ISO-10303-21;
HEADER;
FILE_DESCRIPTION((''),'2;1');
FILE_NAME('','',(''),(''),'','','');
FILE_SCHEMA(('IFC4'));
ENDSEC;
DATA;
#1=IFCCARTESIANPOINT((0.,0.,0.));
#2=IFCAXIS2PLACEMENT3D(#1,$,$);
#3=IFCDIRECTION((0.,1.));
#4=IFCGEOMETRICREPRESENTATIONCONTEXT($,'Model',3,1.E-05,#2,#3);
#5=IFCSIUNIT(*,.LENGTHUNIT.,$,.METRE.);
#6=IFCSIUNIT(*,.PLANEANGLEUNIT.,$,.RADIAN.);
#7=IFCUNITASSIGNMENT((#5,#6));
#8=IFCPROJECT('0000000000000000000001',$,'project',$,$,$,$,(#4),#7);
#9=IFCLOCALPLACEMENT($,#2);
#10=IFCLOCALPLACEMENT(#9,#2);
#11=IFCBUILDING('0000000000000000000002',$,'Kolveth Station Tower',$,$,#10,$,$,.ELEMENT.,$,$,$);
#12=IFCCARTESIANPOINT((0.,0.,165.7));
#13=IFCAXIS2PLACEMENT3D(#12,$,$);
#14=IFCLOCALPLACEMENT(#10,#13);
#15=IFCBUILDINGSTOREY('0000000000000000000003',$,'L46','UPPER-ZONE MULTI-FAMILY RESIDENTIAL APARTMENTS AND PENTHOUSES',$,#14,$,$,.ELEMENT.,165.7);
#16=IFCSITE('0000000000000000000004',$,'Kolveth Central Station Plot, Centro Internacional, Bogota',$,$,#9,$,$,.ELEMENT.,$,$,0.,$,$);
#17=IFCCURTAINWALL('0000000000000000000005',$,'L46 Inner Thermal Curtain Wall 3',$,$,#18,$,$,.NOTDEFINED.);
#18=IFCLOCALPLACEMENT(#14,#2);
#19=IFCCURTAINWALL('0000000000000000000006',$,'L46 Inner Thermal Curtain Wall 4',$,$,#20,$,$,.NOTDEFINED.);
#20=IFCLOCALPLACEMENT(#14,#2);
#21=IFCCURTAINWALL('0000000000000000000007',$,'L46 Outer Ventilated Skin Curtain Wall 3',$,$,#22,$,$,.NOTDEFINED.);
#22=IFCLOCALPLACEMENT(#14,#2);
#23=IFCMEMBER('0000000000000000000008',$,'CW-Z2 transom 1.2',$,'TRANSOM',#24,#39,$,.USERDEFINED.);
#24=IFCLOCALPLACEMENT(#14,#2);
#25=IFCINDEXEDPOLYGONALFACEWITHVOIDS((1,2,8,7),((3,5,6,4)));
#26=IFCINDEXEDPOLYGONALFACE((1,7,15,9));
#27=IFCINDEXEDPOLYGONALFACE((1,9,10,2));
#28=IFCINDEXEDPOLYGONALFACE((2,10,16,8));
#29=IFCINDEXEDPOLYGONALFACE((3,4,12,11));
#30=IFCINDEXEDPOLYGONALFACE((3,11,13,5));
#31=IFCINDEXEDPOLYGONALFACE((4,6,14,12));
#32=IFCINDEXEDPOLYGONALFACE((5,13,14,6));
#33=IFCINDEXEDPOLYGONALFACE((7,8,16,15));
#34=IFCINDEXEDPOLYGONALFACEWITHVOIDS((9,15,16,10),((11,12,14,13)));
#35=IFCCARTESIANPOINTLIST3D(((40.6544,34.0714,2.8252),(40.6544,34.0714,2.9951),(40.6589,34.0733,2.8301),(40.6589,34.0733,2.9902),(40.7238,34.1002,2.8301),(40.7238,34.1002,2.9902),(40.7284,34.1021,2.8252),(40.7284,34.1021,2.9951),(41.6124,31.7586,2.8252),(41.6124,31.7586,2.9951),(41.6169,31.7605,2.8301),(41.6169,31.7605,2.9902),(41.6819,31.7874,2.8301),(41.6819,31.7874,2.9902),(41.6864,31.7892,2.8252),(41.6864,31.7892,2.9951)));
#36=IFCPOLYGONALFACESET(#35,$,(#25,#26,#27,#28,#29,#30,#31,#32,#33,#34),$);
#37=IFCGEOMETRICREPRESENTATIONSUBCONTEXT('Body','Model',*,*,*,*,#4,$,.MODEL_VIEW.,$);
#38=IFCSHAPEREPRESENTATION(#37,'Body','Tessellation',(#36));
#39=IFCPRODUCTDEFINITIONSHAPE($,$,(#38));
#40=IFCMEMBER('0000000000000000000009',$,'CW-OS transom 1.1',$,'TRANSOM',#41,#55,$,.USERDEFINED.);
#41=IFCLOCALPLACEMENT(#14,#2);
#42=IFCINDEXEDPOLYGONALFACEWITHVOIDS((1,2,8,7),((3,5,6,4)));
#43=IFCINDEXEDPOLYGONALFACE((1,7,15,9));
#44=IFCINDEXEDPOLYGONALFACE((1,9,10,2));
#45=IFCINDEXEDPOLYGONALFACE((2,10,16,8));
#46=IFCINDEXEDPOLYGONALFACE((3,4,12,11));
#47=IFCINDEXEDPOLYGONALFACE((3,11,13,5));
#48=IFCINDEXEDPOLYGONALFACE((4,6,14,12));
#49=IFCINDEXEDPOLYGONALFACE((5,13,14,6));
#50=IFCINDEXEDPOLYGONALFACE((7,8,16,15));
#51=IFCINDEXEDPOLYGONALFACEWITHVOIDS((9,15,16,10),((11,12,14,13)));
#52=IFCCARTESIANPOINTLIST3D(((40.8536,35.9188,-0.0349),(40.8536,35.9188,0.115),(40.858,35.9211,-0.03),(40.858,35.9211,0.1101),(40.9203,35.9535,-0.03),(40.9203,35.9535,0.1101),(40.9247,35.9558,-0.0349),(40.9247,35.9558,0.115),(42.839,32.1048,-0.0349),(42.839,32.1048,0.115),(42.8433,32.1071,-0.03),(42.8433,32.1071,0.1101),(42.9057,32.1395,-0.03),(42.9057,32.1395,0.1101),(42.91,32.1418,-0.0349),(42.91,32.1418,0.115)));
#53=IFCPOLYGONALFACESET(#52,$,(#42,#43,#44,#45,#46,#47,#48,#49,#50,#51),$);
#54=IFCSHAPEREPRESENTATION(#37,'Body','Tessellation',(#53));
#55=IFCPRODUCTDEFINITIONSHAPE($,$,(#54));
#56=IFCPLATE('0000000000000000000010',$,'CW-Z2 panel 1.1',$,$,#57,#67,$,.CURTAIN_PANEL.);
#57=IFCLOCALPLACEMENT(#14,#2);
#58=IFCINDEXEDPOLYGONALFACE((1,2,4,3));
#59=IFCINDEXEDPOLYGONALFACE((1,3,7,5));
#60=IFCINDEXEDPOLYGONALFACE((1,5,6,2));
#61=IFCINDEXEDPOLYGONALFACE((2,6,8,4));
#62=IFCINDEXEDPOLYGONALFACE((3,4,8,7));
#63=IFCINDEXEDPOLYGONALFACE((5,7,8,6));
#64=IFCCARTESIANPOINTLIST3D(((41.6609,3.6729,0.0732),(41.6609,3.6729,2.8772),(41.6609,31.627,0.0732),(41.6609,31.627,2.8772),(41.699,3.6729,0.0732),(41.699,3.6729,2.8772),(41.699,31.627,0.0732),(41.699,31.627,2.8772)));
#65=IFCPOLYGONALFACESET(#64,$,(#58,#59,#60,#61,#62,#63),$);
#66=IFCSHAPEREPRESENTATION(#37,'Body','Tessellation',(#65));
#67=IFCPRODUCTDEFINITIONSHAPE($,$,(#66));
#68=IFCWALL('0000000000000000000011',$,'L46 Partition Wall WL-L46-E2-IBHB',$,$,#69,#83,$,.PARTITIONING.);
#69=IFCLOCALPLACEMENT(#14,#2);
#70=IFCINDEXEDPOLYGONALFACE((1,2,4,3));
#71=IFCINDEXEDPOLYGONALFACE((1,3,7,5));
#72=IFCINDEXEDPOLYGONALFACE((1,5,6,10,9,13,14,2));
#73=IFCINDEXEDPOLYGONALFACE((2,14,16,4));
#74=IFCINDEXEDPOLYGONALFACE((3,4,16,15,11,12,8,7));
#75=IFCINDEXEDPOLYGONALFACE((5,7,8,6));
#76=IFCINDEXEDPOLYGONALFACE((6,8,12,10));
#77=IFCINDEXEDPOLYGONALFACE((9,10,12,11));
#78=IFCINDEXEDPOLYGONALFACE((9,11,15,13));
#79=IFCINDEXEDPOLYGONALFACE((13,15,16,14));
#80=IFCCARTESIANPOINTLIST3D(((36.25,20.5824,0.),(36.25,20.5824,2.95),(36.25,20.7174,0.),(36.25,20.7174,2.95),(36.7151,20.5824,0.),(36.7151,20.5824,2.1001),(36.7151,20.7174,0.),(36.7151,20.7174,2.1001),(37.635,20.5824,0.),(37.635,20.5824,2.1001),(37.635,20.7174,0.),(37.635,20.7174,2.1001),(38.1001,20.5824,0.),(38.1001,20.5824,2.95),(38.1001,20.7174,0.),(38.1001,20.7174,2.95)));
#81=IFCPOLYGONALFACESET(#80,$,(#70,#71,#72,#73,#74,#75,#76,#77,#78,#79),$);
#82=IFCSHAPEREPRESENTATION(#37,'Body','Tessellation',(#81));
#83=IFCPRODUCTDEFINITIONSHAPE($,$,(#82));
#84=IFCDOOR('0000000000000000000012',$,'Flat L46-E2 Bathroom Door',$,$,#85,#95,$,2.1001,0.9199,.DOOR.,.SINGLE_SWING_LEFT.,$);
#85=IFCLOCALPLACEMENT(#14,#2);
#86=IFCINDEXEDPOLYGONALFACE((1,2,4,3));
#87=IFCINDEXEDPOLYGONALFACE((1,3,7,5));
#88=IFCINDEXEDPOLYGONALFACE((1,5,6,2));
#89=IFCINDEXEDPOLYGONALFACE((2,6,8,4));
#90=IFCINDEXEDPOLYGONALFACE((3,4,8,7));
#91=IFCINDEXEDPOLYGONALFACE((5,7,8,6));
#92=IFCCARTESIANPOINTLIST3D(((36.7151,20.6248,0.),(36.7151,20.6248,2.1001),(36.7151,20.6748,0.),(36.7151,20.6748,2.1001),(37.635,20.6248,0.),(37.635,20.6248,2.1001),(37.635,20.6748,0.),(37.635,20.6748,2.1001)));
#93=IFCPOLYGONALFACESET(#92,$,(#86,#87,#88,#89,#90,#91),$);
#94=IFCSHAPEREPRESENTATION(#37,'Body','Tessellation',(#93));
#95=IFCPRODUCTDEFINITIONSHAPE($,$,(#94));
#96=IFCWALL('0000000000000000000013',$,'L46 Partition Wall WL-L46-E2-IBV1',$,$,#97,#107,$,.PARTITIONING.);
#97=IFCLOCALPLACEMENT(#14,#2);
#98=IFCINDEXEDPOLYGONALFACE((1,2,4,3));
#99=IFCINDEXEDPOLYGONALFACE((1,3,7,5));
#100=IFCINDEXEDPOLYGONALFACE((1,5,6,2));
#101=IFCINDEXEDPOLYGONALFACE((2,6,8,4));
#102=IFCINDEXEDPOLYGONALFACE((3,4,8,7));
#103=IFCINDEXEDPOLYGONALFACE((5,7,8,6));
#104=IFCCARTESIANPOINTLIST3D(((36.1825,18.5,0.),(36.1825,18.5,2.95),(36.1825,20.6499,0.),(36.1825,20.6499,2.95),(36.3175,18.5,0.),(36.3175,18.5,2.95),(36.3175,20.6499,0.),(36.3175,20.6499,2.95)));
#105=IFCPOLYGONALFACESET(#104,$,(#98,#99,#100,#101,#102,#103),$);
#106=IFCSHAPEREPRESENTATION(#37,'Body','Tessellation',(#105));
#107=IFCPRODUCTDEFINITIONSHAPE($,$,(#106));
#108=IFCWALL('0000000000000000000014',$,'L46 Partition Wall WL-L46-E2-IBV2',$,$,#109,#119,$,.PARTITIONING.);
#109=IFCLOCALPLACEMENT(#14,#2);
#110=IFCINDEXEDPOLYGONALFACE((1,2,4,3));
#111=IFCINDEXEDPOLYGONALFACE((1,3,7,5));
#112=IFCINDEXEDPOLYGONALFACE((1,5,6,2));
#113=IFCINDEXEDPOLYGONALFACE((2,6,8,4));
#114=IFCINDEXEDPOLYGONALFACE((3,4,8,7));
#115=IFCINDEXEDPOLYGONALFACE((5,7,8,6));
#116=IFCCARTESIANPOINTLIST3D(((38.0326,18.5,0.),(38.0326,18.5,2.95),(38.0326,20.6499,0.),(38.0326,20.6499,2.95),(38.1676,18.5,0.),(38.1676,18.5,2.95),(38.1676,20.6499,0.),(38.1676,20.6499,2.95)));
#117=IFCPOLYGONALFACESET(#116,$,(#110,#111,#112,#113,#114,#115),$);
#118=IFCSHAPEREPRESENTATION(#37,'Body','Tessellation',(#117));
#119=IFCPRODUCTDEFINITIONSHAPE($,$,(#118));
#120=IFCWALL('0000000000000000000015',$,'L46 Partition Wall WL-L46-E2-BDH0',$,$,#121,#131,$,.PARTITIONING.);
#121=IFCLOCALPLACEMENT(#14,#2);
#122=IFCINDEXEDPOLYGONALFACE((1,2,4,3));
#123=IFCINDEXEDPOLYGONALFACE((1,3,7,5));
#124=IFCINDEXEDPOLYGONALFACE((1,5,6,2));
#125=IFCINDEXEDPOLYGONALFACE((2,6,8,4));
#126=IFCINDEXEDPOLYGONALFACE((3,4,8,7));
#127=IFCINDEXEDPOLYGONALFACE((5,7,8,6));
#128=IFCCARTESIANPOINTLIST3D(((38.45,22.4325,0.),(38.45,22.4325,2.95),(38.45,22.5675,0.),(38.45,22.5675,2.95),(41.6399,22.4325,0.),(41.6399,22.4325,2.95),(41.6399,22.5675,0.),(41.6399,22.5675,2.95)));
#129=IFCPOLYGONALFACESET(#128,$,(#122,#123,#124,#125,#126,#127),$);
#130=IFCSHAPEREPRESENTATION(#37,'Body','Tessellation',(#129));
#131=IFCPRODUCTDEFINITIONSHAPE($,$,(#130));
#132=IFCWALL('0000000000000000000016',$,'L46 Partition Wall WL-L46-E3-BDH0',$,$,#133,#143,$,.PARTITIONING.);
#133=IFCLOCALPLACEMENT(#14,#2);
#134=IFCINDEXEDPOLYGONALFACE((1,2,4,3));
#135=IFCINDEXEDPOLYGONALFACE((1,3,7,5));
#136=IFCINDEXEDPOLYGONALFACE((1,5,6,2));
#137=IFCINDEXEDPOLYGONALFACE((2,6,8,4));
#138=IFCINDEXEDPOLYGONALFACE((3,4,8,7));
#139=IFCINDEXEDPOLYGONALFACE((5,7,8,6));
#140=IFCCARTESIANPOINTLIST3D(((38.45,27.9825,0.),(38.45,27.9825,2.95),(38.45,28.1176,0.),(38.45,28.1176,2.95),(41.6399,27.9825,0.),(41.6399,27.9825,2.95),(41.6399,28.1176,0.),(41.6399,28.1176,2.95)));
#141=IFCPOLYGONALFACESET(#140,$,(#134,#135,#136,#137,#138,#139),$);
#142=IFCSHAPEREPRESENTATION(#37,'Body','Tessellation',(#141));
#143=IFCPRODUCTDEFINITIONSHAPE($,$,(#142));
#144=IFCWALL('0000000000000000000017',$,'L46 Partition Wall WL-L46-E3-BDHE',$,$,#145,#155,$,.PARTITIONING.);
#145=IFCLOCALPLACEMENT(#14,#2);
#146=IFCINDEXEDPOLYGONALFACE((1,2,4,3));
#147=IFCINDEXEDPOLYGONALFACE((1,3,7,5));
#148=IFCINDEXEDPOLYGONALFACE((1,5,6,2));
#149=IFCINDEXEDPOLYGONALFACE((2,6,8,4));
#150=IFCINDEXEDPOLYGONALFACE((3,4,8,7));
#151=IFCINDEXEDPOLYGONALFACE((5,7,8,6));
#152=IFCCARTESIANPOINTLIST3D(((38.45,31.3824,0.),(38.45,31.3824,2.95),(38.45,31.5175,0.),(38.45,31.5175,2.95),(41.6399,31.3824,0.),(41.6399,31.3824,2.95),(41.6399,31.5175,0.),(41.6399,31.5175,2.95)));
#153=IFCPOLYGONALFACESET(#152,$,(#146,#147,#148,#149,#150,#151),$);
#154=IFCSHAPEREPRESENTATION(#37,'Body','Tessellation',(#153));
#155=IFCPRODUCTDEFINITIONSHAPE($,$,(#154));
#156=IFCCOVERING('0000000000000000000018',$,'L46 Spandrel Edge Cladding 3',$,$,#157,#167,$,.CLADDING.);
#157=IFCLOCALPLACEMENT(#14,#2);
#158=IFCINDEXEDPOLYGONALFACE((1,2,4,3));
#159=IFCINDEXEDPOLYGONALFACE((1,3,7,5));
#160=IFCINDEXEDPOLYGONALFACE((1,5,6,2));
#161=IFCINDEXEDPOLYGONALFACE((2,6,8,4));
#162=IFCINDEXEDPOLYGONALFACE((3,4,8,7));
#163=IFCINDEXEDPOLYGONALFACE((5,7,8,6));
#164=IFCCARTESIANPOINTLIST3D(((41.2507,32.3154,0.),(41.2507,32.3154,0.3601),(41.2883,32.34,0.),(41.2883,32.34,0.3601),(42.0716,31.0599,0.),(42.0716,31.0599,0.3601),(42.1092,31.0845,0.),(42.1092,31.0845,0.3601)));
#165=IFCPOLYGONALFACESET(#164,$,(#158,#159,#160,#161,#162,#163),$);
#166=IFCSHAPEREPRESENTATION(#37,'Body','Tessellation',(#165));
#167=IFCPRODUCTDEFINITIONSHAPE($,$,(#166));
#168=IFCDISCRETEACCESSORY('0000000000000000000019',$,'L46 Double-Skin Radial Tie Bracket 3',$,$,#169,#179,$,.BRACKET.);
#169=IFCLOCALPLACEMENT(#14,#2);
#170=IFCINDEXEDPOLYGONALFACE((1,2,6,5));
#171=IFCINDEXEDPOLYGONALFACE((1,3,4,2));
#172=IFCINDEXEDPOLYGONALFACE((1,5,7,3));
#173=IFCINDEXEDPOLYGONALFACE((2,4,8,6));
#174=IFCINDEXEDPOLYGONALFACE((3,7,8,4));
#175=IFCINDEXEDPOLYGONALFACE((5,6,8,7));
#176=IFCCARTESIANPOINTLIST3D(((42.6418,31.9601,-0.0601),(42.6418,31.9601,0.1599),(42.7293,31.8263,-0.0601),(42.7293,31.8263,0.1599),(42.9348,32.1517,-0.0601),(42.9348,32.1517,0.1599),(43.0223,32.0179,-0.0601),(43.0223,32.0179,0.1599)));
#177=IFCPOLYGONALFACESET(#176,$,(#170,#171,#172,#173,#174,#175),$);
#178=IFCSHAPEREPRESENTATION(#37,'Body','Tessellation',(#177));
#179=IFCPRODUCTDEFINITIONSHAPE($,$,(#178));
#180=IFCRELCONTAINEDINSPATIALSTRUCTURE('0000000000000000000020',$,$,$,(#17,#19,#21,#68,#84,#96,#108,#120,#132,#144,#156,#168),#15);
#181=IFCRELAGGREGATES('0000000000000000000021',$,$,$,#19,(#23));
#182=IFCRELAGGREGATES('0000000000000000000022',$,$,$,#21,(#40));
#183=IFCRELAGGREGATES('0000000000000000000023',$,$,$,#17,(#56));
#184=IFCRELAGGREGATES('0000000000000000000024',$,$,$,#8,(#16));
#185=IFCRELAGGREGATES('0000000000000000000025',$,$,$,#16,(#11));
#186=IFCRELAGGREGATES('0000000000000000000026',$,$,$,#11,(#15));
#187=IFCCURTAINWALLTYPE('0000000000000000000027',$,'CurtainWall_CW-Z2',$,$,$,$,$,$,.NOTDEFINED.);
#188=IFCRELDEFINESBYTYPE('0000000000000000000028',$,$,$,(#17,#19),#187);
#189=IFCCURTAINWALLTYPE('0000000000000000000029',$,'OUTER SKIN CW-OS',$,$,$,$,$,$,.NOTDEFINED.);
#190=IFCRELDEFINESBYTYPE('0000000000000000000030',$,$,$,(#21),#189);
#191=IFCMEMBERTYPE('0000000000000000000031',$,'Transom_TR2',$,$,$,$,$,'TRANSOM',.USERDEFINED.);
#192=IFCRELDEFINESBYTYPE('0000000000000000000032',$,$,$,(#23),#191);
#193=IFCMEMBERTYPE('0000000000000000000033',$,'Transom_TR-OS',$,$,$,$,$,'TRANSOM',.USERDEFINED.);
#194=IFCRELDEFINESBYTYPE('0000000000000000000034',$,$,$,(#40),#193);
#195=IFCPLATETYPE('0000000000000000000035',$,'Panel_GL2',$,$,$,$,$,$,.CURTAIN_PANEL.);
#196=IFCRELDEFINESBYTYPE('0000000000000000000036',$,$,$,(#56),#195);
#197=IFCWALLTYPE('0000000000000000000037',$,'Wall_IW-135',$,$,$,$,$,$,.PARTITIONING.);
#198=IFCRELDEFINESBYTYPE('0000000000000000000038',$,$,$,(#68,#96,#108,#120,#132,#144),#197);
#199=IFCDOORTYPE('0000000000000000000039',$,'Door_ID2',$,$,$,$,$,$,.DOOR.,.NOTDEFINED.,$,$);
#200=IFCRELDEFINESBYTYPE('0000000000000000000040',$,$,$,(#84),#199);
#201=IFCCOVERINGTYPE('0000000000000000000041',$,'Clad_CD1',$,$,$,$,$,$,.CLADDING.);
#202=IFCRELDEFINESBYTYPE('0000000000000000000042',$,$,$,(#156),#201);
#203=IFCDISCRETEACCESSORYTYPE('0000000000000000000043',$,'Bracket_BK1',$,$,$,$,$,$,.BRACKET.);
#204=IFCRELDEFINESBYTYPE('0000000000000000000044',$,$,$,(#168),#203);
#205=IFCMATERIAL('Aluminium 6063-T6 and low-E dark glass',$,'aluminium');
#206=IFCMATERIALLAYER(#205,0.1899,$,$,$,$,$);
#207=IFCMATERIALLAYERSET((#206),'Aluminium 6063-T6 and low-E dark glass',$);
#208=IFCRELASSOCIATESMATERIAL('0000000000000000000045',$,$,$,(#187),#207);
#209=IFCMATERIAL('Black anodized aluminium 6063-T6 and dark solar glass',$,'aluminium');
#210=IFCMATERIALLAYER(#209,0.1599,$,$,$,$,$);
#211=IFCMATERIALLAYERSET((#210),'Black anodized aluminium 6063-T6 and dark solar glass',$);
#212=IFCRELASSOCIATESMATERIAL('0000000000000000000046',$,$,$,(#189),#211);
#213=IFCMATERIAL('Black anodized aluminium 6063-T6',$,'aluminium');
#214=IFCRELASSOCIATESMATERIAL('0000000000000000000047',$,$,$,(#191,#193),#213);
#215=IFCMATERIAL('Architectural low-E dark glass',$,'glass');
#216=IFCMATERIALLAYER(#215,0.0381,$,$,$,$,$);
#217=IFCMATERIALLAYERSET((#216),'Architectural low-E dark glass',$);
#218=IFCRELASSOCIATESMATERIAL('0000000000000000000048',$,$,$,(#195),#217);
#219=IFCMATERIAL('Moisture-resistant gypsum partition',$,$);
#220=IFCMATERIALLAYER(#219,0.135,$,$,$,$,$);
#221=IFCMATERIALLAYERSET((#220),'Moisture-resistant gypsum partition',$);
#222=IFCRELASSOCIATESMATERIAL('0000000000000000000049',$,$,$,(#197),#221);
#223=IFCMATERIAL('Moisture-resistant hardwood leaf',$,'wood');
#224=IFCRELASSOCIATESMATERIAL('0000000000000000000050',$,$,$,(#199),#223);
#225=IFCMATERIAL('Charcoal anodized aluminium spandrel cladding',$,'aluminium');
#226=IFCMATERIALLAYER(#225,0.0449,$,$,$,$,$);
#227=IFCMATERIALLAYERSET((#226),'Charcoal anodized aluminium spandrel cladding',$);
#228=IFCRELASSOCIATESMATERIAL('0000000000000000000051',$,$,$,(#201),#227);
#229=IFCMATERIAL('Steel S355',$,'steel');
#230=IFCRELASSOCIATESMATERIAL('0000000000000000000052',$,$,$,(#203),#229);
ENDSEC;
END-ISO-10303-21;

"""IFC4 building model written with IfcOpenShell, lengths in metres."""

from ifc_helpers import new_model, si_unit, direction, frame, frame_2d, origin, origin_2d, place, context, subcontext, project, spatial, rectangle, hollow_rectangle, extrude, source, transform, mapped, material, layer, layer_set, material_profile, profile_set, type_object, element, fill, aggregate, save


model = new_model("IFC4")

# Units and contexts
model_context = context("Model", 3, precision=1e-05, world=origin(), true_north=direction((0.0, 1.0)))
body_context = subcontext(model_context, "Body", "Model", "MODEL_VIEW")
ifc_project = project(units=[si_unit("LENGTHUNIT", "METRE"), si_unit("PLANEANGLEUNIT", "RADIAN")], contexts=[model_context])

# Site, building, storey
site_placement = place(None, origin())
site = spatial("IfcSite", under=ifc_project, at=site_placement, Name="Kolveth Central Station Plot, Centro Internacional, Bogota", CompositionType="ELEMENT", RefElevation=0.0)
building_placement = place(site_placement, origin())
building = spatial("IfcBuilding", under=site, at=building_placement, Name="Kolveth Station Tower", CompositionType="ELEMENT")
storey_placement = place(building_placement, frame((0.0, 0.0, 165.7)))
storey = spatial("IfcBuildingStorey", under=building, at=storey_placement, Name="L46", Description="UPPER-ZONE MULTI-FAMILY RESIDENTIAL APARTMENTS AND PENTHOUSES", CompositionType="ELEMENT", Elevation=165.7)

# Shared definitions
ifc_material_1 = material(Name="Steel S355", Category="steel")

# Curtain walls
ifc_material_2 = material(Name="Aluminium 6063-T6 and low-E dark glass", Category="aluminium")
ifc_layer_1 = layer(ifc_material_2, 0.1899)
ifc_layer_set_1 = layer_set([ifc_layer_1], Name="Aluminium 6063-T6 and low-E dark glass")
curtain_wall_type_1 = type_object("IfcCurtainWallType", Name="CurtainWall_CW-Z2", PredefinedType="NOTDEFINED", material=ifc_layer_set_1)
curtain_wall_1_placement = place(storey_placement, origin())
curtain_wall_1 = element("IfcCurtainWall", 1, at=curtain_wall_1_placement, inside=storey, type_object=curtain_wall_type_1, Name="L46 Inner Thermal Curtain Wall 3", PredefinedType="NOTDEFINED")
ifc_material_3 = material(Name="Black anodized aluminium 6063-T6", Category="aluminium")
curtain_wall_2_placement = place(storey_placement, origin())
curtain_wall_2 = element("IfcCurtainWall", 2, at=curtain_wall_2_placement, inside=storey, type_object=curtain_wall_type_1, Name="L46 Inner Thermal Curtain Wall 4", PredefinedType="NOTDEFINED")
ifc_material_4 = material(Name="Black anodized aluminium 6063-T6 and dark solar glass", Category="aluminium")
ifc_layer_2 = layer(ifc_material_4, 0.1599)
ifc_layer_set_2 = layer_set([ifc_layer_2], Name="Black anodized aluminium 6063-T6 and dark solar glass")
curtain_wall_type_2 = type_object("IfcCurtainWallType", Name="OUTER SKIN CW-OS", PredefinedType="NOTDEFINED", material=ifc_layer_set_2)
curtain_wall_3_placement = place(storey_placement, origin())
curtain_wall_3 = element("IfcCurtainWall", 3, at=curtain_wall_3_placement, inside=storey, type_object=curtain_wall_type_2, Name="L46 Outer Ventilated Skin Curtain Wall 3", PredefinedType="NOTDEFINED")

# Members
ifc_material_profile_1 = material_profile(ifc_material_3, hollow_rectangle(XDim=0.0801, YDim=0.1699, WallThickness=0.0049, at=origin_2d()), Name="ALU-80x170x5")
ifc_profile_set_1 = profile_set([ifc_material_profile_1], Name="Black anodized aluminium 6063-T6")
member_type_1 = type_object("IfcMemberType", Name="Transom_TR2", ElementType="TRANSOM", PredefinedType="USERDEFINED", material=ifc_profile_set_1)
shared_shape_1 = source(origin(), body_context, "Body", "SweptSolid", [
    extrude(hollow_rectangle(XDim=0.0801, YDim=0.1699, WallThickness=0.0049, at=origin_2d()), origin(), (0.0, 0.0, 1.0), 2.5034),
])
member_1_placement = place(storey_placement, frame((41.6494, 31.7739, 2.9102), z_axis=(-0.382696, 0.923874, 0.0), x_axis=(-0.923874, -0.382696, 0.0)))
member_1 = element("IfcMember", 4, at=member_1_placement, type_object=member_type_1, Name="CW-Z2 transom 1.2", ObjectType="TRANSOM", PredefinedType="USERDEFINED", context=body_context, shape_type="MappedRepresentation", body=[
    mapped(shared_shape_1, transform((0.0, 0.0, 0.0), x_axis=(1.0, 0.0, 0.0), y_axis=(0.0, 1.0, 0.0), z_axis=(0.0, 0.0, 1.0), scale=1.0)),
])
aggregate(curtain_wall_2, [member_1])
ifc_material_profile_2 = material_profile(ifc_material_3, hollow_rectangle(XDim=0.0801, YDim=0.1499, WallThickness=0.0049, at=origin_2d()), Name="ALU-80x150x5")
ifc_profile_set_2 = profile_set([ifc_material_profile_2], Name="Black anodized aluminium 6063-T6")
member_type_2 = type_object("IfcMemberType", Name="Transom_TR-OS", ElementType="TRANSOM", PredefinedType="USERDEFINED", material=ifc_profile_set_2)
shared_shape_2 = source(origin(), body_context, "Body", "SweptSolid", [
    extrude(hollow_rectangle(XDim=0.0801, YDim=0.1499, WallThickness=0.0049, at=origin_2d()), origin(), (0.0, 0.0, 1.0), 4.2998),
])
member_2_placement = place(storey_placement, frame((42.8745, 32.1233, 0.04), z_axis=(-0.461735, 0.887018, 0.0), x_axis=(-0.887018, -0.461735, 0.0)))
member_2 = element("IfcMember", 5, at=member_2_placement, type_object=member_type_2, Name="CW-OS transom 1.1", ObjectType="TRANSOM", PredefinedType="USERDEFINED", context=body_context, shape_type="MappedRepresentation", body=[
    mapped(shared_shape_2, transform((0.0, 0.0, 0.0), x_axis=(1.0, 0.0, 0.0), y_axis=(0.0, 1.0, 0.0), z_axis=(0.0, 0.0, 1.0), scale=1.0)),
])
aggregate(curtain_wall_3, [member_2])

# Plate
ifc_material_5 = material(Name="Architectural low-E dark glass", Category="glass")
ifc_layer_3 = layer(ifc_material_5, 0.0381)
ifc_layer_set_3 = layer_set([ifc_layer_3], Name="Architectural low-E dark glass")
plate_type = type_object("IfcPlateType", Name="Panel_GL2", PredefinedType="CURTAIN_PANEL", material=ifc_layer_set_3)
shared_shape_3 = source(origin(), body_context, "Body", "SweptSolid", [
    extrude(rectangle(XDim=27.9541, YDim=0.0381, at=origin_2d()), origin(), (0.0, 0.0, 1.0), 2.804),
])
plate_placement = place(storey_placement, frame((41.6799, 17.6499, 0.0732), z_axis=(0.0, 0.0, 1.0), x_axis=(0.0, 1.0, 0.0)))
plate = element("IfcPlate", 6, at=plate_placement, type_object=plate_type, Name="CW-Z2 panel 1.1", PredefinedType="CURTAIN_PANEL", context=body_context, shape_type="MappedRepresentation", body=[
    mapped(shared_shape_3, transform((0.0, 0.0, 0.0), x_axis=(1.0, 0.0, 0.0), y_axis=(0.0, 1.0, 0.0), z_axis=(0.0, 0.0, 1.0), scale=1.0)),
])
aggregate(curtain_wall_1, [plate])

# Wall, opening, door
ifc_material_6 = material(Name="Moisture-resistant gypsum partition")
ifc_layer_4 = layer(ifc_material_6, 0.135)
ifc_layer_set_4 = layer_set([ifc_layer_4], Name="Moisture-resistant gypsum partition")
wall_type = type_object("IfcWallType", Name="Wall_IW-135", PredefinedType="PARTITIONING", material=ifc_layer_set_4)
wall_1_placement = place(storey_placement, frame((36.25, 20.6499, 0.0), z_axis=(0.0, 0.0, 1.0), x_axis=(1.0, 0.0, 0.0)))
wall_1 = element("IfcWall", 7, at=wall_1_placement, inside=storey, type_object=wall_type, Name="L46 Partition Wall WL-L46-E2-IBHB", PredefinedType="PARTITIONING", context=body_context, shape_type="SweptSolid", body=[
    extrude(rectangle(XDim=1.8501, YDim=0.135, at=frame_2d((0.925, 0.0))), origin(), (0.0, 0.0, 1.0), 2.95),
])
opening_1_placement = place(wall_1_placement, frame((0.4651, 0.0, 0.0)))
opening_1 = element("IfcOpeningElement", 8, at=opening_1_placement, cuts=wall_1, PredefinedType="OPENING", context=body_context, shape_type="SweptSolid", body=[
    extrude(rectangle(XDim=0.9199, YDim=2.1001, at=frame_2d((0.46, 1.05))), frame((0.0, 0.0774, 0.0), z_axis=(0.0, -1.0, 0.0), x_axis=(1.0, 0.0, 0.0)), (0.0, 0.0, 1.0), 0.155),
])
ifc_material_7 = material(Name="Moisture-resistant hardwood leaf", Category="wood")
door_type_1 = type_object("IfcDoorType", Name="Door_ID2", OperationType="NOTDEFINED", PredefinedType="DOOR", material=ifc_material_7)
door_1_placement = place(opening_1_placement, origin())
door_1 = element("IfcDoor", 9, at=door_1_placement, inside=storey, type_object=door_type_1, Name="Flat L46-E2 Bathroom Door", OperationType="SINGLE_SWING_LEFT", OverallHeight=2.1001, OverallWidth=0.9199, PredefinedType="DOOR", context=body_context, shape_type="SweptSolid", body=[
    extrude(rectangle(XDim=0.9199, YDim=2.1001, at=frame_2d((0.46, 1.05))), frame((0.0, 0.0249, 0.0), z_axis=(0.0, -1.0, 0.0), x_axis=(1.0, 0.0, 0.0)), (0.0, 0.0, 1.0), 0.05),
])
fill(opening_1, door_1)

# Walls
for number, where, z_axis, x_axis, name in (
    (10, (36.25, 18.5, 0.0), (0.0, 0.0, 1.0), (0.0, 1.0, 0.0), "L46 Partition Wall WL-L46-E2-IBV1"),
    (11, (38.1001, 18.5, 0.0), (0.0, 0.0, 1.0), (0.0, 1.0, 0.0), "L46 Partition Wall WL-L46-E2-IBV2"),
):
    element("IfcWall", number, at=place(storey_placement, frame(where, z_axis=z_axis, x_axis=x_axis)), inside=storey, type_object=wall_type, Name=name, PredefinedType="PARTITIONING", context=body_context, shape_type="SweptSolid", body=[
        extrude(rectangle(XDim=2.1499, YDim=0.135, at=frame_2d((1.075, 0.0))), origin(), (0.0, 0.0, 1.0), 2.95),
    ])
wall_2_placement = place(storey_placement, frame((38.45, 22.5, 0.0), z_axis=(0.0, 0.0, 1.0), x_axis=(1.0, 0.0, 0.0)))
element("IfcWall", 12, at=wall_2_placement, inside=storey, type_object=wall_type, Name="L46 Partition Wall WL-L46-E2-BDH0", PredefinedType="PARTITIONING", context=body_context, shape_type="SweptSolid", body=[
    extrude(rectangle(XDim=3.1899, YDim=0.135, at=frame_2d((1.595, 0.0))), origin(), (0.0, 0.0, 1.0), 2.95),
])

# Walls
for number, where, z_axis, x_axis, name in (
    (13, (38.45, 28.05, 0.0), (0.0, 0.0, 1.0), (1.0, 0.0, 0.0), "L46 Partition Wall WL-L46-E3-BDH0"),
    (14, (38.45, 31.45, 0.0), (0.0, 0.0, 1.0), (1.0, 0.0, 0.0), "L46 Partition Wall WL-L46-E3-BDHE"),
):
    element("IfcWall", number, at=place(storey_placement, frame(where, z_axis=z_axis, x_axis=x_axis)), inside=storey, type_object=wall_type, Name=name, PredefinedType="PARTITIONING", context=body_context, shape_type="SweptSolid", body=[
        extrude(rectangle(XDim=3.1899, YDim=0.135, at=frame_2d((1.595, 0.0))), origin(), (0.0, 0.0, 1.0), 2.95),
    ])

# Covering
ifc_material_8 = material(Name="Charcoal anodized aluminium spandrel cladding", Category="aluminium")
ifc_layer_5 = layer(ifc_material_8, 0.0449)
ifc_layer_set_5 = layer_set([ifc_layer_5], Name="Charcoal anodized aluminium spandrel cladding")
covering_type = type_object("IfcCoveringType", Name="Clad_CD1", PredefinedType="CLADDING", material=ifc_layer_set_5)
shared_shape_4 = source(origin(), body_context, "Body", "SweptSolid", [
    extrude(rectangle(XDim=1.5, YDim=0.0449, at=origin_2d()), origin(), (0.0, 0.0, 1.0), 0.3601),
])
covering_placement = place(storey_placement, frame((41.6799, 31.7, 0.0), z_axis=(0.0, 0.0, 1.0), x_axis=(-0.547271, 0.836955, 0.0)))
element("IfcCovering", 15, at=covering_placement, inside=storey, type_object=covering_type, Name="L46 Spandrel Edge Cladding 3", PredefinedType="CLADDING", context=body_context, shape_type="MappedRepresentation", body=[
    mapped(shared_shape_4, transform((0.0, 0.0, 0.0), x_axis=(1.0, 0.0, 0.0), y_axis=(0.0, 1.0, 0.0), z_axis=(0.0, 0.0, 1.0), scale=1.0)),
])

# Discrete accessory
discrete_accessory_type = type_object("IfcDiscreteAccessoryType", Name="Bracket_BK1", PredefinedType="BRACKET", material=ifc_material_1)
shared_shape_5 = source(origin(), body_context, "Body", "SweptSolid", [
    extrude(rectangle(XDim=0.3501, YDim=0.1599, at=origin_2d()), origin(), (0.0, 0.0, 1.0), 0.22),
])
discrete_accessory_placement = place(storey_placement, frame((42.832, 31.989, -0.0601), z_axis=(0.0, 0.0, 1.0), x_axis=(0.836955, 0.547271, 0.0)))
element("IfcDiscreteAccessory", 16, at=discrete_accessory_placement, inside=storey, type_object=discrete_accessory_type, Name="L46 Double-Skin Radial Tie Bracket 3", PredefinedType="BRACKET", context=body_context, shape_type="MappedRepresentation", body=[
    mapped(shared_shape_5, transform((0.0, 0.0, 0.0), x_axis=(1.0, 0.0, 0.0), y_axis=(0.0, 1.0, 0.0), z_axis=(0.0, 0.0, 1.0), scale=1.0)),
])

save(model, "model.ifc")
